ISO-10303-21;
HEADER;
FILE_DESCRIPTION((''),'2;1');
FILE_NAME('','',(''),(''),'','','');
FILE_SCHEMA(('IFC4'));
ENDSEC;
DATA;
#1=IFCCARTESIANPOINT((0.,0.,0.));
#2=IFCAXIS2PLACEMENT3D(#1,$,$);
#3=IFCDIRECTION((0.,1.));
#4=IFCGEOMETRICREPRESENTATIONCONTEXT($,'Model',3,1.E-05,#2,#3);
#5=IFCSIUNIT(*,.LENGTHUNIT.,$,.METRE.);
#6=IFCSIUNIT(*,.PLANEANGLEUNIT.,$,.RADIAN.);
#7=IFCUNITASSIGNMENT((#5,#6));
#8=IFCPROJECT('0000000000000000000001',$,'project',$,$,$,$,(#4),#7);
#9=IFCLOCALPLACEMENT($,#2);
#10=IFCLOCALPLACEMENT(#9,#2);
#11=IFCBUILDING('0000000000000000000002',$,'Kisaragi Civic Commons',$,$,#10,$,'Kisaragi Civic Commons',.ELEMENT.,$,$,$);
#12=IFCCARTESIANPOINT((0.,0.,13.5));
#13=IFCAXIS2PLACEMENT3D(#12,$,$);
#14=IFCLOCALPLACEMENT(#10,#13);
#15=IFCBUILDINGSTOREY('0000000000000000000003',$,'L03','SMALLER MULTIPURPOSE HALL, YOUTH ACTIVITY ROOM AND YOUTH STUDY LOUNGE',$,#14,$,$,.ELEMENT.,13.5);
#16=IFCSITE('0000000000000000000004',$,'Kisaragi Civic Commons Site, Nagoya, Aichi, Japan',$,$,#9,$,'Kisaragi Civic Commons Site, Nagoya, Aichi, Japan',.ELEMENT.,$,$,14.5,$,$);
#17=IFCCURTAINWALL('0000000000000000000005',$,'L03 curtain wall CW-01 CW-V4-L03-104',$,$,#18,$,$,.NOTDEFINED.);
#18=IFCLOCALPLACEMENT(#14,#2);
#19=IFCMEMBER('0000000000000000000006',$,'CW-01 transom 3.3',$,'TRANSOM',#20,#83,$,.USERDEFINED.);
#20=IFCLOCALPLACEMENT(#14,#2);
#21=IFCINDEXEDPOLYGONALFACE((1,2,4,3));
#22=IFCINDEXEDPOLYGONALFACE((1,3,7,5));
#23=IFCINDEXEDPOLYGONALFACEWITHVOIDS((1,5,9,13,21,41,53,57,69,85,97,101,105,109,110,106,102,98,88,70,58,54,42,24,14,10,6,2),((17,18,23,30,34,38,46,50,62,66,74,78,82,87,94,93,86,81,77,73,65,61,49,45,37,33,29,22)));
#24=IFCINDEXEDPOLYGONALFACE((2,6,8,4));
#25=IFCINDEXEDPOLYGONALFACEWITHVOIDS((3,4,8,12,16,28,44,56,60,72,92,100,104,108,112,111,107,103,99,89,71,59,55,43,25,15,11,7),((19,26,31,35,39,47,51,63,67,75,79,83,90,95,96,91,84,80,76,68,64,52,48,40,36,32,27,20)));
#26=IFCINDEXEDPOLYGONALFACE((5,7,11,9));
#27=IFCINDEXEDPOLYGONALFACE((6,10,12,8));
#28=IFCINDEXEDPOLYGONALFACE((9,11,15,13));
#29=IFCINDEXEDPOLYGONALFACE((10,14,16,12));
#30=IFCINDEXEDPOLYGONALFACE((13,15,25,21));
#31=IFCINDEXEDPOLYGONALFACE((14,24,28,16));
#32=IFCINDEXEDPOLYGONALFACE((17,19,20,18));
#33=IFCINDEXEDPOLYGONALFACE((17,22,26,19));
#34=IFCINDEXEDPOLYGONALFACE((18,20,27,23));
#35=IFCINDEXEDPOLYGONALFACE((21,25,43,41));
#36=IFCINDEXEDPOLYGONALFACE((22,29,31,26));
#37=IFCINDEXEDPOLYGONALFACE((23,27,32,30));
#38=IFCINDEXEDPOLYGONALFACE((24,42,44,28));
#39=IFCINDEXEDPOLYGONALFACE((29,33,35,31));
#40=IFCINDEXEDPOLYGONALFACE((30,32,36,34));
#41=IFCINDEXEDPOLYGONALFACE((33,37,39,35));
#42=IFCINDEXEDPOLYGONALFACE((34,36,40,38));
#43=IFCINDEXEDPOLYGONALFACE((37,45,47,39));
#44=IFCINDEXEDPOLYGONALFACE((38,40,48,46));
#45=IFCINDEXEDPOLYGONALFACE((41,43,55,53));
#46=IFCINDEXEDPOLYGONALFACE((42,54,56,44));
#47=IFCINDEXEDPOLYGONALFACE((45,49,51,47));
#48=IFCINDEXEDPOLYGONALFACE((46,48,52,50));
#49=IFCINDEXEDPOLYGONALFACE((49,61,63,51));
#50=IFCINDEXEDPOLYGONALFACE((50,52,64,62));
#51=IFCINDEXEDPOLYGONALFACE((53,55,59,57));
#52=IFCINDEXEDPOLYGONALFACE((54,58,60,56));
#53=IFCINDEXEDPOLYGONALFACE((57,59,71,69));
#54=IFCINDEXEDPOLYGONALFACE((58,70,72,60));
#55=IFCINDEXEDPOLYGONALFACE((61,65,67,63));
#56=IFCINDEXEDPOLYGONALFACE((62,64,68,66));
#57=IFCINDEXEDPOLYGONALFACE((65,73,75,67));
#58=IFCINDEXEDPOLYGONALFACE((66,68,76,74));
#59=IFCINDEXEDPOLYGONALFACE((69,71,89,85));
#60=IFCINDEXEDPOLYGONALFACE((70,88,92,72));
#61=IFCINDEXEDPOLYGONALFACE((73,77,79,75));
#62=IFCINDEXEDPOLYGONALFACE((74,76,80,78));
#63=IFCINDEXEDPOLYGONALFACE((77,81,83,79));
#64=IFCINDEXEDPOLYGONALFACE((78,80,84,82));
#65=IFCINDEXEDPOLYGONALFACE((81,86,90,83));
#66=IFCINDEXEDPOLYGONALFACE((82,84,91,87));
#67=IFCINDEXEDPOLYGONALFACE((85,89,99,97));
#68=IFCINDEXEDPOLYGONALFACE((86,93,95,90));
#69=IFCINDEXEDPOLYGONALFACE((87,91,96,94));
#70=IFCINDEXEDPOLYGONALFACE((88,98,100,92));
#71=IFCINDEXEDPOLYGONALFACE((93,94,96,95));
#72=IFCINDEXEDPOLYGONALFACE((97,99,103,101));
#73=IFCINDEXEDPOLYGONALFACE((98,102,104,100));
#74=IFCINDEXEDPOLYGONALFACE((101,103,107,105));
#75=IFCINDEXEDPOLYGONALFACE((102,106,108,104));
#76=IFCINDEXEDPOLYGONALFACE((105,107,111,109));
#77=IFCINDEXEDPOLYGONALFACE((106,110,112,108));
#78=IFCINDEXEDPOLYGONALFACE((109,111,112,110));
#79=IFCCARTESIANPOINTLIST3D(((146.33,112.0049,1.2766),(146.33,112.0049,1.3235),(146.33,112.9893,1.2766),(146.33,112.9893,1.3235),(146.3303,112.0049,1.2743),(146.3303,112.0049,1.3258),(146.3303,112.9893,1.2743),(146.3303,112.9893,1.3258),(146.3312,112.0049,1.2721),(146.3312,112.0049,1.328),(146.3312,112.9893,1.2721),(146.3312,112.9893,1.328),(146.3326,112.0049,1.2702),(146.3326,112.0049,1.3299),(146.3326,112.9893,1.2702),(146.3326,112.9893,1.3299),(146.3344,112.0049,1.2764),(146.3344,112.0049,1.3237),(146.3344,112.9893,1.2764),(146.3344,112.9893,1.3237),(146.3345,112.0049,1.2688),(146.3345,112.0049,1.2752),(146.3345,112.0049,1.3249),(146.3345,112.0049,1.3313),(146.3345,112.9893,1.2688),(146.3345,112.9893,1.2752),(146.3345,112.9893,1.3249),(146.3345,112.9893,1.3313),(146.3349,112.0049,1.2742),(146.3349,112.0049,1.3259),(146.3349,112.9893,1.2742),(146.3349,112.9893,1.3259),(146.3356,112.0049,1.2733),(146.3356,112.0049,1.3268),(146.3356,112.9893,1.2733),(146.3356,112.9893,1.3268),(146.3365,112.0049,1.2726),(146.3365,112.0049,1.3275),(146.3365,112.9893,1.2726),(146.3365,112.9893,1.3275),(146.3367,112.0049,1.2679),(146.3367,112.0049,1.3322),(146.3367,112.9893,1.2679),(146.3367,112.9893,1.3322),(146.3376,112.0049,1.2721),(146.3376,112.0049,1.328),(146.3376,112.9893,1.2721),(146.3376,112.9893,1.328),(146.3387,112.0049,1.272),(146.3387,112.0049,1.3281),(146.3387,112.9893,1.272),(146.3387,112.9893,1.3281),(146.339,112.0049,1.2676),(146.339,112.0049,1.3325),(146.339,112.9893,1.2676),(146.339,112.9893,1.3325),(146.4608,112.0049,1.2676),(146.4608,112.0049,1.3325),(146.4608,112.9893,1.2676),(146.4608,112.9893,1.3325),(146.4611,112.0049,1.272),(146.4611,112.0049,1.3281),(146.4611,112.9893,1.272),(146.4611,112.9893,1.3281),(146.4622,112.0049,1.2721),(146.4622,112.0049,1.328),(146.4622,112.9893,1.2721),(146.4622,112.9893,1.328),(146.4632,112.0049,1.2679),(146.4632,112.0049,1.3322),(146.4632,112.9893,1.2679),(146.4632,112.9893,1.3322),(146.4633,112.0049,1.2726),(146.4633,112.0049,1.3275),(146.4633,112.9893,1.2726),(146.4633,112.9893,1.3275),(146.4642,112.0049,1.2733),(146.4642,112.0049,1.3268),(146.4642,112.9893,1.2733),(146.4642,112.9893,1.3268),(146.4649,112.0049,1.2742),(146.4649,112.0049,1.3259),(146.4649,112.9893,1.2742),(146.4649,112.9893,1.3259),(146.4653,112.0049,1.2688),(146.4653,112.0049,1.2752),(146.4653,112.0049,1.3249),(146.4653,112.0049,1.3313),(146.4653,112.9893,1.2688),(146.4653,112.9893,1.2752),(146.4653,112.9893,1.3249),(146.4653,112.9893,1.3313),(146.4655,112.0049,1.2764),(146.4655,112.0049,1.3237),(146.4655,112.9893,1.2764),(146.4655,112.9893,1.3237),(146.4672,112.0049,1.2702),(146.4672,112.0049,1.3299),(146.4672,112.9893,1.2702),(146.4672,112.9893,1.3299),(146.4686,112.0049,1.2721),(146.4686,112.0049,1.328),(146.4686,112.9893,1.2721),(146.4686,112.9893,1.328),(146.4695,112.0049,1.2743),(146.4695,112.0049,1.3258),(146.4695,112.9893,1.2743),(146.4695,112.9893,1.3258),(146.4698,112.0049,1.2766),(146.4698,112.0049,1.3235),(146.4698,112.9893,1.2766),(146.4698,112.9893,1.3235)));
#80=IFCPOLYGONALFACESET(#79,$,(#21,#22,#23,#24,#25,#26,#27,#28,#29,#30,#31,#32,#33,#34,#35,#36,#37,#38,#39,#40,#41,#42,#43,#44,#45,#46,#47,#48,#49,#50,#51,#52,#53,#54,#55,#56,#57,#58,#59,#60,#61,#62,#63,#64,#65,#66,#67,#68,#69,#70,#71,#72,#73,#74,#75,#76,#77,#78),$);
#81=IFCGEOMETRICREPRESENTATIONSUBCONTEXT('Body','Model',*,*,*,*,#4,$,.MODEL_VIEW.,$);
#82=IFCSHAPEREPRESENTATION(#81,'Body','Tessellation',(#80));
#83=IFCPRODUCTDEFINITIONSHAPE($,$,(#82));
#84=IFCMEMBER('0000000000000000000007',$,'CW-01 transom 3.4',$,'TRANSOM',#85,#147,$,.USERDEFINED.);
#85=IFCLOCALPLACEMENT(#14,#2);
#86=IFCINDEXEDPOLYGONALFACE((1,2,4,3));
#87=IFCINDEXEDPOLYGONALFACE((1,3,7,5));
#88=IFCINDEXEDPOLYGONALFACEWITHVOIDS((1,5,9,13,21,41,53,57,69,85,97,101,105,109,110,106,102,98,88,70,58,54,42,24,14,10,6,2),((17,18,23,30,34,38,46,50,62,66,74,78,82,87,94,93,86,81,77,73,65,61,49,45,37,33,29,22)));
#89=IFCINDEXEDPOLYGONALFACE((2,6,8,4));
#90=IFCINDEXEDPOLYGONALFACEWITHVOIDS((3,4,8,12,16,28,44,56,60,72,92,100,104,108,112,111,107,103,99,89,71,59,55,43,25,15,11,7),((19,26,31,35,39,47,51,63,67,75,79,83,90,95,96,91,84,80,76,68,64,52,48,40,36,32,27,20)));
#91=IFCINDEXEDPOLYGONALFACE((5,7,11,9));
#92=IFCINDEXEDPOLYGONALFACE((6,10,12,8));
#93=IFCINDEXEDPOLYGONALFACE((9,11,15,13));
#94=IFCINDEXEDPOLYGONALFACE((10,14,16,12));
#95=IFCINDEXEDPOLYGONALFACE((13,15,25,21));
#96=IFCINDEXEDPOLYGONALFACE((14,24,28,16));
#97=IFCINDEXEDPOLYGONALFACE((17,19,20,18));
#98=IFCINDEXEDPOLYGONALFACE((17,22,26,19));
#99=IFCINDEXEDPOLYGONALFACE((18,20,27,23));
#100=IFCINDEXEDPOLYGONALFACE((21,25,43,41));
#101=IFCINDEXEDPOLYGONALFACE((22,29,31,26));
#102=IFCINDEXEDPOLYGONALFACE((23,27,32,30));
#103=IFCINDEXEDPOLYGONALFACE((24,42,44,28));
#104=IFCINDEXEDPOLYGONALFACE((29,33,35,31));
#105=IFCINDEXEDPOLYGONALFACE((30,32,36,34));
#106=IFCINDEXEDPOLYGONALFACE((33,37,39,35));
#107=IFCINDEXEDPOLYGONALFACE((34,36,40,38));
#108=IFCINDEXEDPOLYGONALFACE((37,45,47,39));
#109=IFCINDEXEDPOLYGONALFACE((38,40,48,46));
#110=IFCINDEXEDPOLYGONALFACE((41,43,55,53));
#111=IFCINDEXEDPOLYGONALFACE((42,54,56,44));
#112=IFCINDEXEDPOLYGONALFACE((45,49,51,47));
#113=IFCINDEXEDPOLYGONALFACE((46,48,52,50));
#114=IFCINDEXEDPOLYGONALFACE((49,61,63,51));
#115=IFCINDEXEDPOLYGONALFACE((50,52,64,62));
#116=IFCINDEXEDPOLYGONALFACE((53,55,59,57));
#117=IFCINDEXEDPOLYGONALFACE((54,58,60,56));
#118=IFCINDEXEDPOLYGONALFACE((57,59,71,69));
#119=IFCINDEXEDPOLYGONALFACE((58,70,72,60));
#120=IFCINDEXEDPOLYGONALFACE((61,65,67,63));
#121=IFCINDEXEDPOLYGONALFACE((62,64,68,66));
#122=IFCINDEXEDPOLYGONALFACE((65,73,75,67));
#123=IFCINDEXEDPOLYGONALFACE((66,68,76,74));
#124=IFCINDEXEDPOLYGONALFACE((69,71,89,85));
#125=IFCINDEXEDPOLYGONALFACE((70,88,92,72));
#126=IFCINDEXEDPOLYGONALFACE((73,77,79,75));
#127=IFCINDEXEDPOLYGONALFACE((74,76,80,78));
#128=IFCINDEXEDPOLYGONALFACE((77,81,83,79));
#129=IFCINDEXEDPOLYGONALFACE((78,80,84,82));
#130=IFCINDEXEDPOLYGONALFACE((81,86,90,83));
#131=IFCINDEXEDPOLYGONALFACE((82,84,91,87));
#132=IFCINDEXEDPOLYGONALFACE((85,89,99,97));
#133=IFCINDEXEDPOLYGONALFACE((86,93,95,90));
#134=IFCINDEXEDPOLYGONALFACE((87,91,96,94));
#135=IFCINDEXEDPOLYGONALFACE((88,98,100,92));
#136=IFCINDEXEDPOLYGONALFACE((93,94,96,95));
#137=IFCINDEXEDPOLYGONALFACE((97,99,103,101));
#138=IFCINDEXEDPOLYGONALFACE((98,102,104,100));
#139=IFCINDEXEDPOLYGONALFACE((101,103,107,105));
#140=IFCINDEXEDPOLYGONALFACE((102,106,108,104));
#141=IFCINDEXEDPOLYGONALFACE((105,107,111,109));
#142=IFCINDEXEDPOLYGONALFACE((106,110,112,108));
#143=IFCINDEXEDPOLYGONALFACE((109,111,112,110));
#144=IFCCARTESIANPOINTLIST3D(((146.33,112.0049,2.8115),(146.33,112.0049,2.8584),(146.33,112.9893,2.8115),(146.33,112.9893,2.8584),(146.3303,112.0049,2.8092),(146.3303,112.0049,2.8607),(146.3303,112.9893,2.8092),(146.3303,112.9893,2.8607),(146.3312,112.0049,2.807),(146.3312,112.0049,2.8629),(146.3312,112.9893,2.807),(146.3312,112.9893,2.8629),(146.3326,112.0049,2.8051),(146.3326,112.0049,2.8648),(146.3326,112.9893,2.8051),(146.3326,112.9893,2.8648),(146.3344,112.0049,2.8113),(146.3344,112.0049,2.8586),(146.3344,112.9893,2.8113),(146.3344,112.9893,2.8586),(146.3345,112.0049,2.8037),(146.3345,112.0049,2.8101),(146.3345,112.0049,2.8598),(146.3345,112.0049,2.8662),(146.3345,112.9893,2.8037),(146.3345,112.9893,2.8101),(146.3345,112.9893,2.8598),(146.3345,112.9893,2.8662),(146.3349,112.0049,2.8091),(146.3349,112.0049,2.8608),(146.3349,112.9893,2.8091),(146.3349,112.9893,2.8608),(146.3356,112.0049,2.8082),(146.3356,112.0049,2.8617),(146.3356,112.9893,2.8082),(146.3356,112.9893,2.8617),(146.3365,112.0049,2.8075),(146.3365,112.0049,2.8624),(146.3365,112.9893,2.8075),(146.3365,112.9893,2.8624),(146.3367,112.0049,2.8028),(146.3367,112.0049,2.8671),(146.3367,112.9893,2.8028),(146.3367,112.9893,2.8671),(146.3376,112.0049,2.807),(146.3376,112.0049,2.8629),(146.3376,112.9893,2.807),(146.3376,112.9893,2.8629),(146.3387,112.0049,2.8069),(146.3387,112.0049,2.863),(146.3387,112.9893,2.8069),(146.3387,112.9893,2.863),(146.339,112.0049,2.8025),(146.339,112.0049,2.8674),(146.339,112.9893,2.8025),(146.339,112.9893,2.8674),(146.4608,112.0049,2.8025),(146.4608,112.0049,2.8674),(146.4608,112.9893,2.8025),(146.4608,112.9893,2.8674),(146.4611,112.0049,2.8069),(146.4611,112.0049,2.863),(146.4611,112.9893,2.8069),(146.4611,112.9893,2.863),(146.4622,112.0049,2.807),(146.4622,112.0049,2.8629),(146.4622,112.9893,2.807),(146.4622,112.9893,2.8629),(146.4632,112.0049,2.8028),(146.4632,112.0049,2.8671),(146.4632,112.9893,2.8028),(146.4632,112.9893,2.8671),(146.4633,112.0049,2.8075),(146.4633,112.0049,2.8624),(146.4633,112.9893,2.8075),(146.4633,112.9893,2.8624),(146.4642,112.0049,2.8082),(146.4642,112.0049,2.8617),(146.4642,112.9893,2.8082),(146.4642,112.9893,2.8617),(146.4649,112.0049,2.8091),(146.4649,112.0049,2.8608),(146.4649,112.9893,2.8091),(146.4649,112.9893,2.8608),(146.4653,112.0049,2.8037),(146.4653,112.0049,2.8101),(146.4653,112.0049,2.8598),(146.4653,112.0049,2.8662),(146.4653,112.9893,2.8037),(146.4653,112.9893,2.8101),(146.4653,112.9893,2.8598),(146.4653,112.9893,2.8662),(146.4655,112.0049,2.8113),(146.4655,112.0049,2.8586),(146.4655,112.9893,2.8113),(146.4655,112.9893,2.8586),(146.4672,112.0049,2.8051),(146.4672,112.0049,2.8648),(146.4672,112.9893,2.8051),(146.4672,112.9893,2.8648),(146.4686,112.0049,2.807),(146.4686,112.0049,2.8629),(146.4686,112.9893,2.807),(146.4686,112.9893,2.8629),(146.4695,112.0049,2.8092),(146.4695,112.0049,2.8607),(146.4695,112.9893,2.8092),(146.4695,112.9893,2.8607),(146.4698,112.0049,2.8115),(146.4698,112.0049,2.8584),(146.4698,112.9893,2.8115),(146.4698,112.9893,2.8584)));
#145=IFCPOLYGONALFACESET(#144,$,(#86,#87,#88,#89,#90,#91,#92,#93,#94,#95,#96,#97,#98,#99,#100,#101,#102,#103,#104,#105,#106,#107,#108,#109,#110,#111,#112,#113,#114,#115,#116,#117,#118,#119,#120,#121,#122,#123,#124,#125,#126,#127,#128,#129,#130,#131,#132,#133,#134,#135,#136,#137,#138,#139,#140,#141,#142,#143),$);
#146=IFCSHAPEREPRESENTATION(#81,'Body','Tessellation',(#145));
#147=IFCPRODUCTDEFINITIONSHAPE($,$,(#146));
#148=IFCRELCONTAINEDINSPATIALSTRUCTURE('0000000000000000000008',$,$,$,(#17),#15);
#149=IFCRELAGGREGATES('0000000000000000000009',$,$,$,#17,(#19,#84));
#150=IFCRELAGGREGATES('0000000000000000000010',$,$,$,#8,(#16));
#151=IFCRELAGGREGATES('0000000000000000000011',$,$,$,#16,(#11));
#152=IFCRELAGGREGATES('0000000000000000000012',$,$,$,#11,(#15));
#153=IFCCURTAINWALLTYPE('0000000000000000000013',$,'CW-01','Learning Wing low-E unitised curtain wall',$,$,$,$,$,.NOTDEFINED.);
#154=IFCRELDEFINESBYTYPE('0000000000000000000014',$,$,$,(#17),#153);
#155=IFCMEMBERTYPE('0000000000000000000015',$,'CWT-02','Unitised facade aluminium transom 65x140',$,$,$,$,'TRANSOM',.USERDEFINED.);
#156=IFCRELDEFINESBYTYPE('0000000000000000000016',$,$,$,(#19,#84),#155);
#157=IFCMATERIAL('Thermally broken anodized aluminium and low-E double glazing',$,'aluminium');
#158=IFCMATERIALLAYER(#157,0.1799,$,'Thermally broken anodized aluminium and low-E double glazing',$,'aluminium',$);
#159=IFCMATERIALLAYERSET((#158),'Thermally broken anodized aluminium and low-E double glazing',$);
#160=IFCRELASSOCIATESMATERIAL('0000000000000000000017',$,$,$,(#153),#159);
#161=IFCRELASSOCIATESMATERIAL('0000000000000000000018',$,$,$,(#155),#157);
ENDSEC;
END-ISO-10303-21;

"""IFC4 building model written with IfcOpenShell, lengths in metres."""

from ifc_helpers import new_model, si_unit, direction, frame, origin, origin_2d, place, context, subcontext, project, spatial, hollow_rectangle, extrude, material, layer, layer_set, material_profile, profile_set, type_object, element, aggregate, save


model = new_model("IFC4")

# Units and contexts
model_context = context("Model", 3, precision=1e-05, world=origin(), true_north=direction((0.0, 1.0)))
body_context = subcontext(model_context, "Body", "Model", "MODEL_VIEW")
ifc_project = project(units=[si_unit("LENGTHUNIT", "METRE"), si_unit("PLANEANGLEUNIT", "RADIAN")], contexts=[model_context])

# Site, building, storey
site_placement = place(None, origin())
site = spatial("IfcSite", under=ifc_project, at=site_placement, Name="Kisaragi Civic Commons Site, Nagoya, Aichi, Japan", LongName="Kisaragi Civic Commons Site, Nagoya, Aichi, Japan", CompositionType="ELEMENT", RefElevation=14.5)
building_placement = place(site_placement, origin())
building = spatial("IfcBuilding", under=site, at=building_placement, Name="Kisaragi Civic Commons", LongName="Kisaragi Civic Commons", CompositionType="ELEMENT")
storey_placement = place(building_placement, frame((0.0, 0.0, 13.5)))
storey = spatial("IfcBuildingStorey", under=building, at=storey_placement, Name="L03", Description="SMALLER MULTIPURPOSE HALL, YOUTH ACTIVITY ROOM AND YOUTH STUDY LOUNGE", CompositionType="ELEMENT", Elevation=13.5)

# Curtain wall
ifc_material_1 = material(Name="Thermally broken anodized aluminium and low-E double glazing", Category="aluminium")
ifc_layer_1 = layer(ifc_material_1, 0.1799, Name="Thermally broken anodized aluminium and low-E double glazing", Category="aluminium")
ifc_layer_set_1 = layer_set([ifc_layer_1], Name="Thermally broken anodized aluminium and low-E double glazing")
curtain_wall_type = type_object("IfcCurtainWallType", Name="CW-01", Description="Learning Wing low-E unitised curtain wall", PredefinedType="NOTDEFINED", material=ifc_layer_set_1)
curtain_wall_1_placement = place(storey_placement, origin())
curtain_wall_1 = element("IfcCurtainWall", 1, at=curtain_wall_1_placement, inside=storey, type_object=curtain_wall_type, Name="L03 curtain wall CW-01 CW-V4-L03-104", PredefinedType="NOTDEFINED")

# Members
ifc_material_profile_1 = material_profile(ifc_material_1, hollow_rectangle(XDim=0.1399, YDim=0.0649, WallThickness=0.0044, InnerFilletRadius=0.0044, OuterFilletRadius=0.009, at=origin_2d()), Name="CWT-65x140x4.5", Category="aluminium")
ifc_profile_set_1 = profile_set([ifc_material_profile_1], Name="Thermally broken anodized aluminium and low-E double glazing")
member_type_1 = type_object("IfcMemberType", Name="CWT-02", Description="Unitised facade aluminium transom 65x140", ElementType="TRANSOM", PredefinedType="USERDEFINED", material=ifc_profile_set_1)
member_1_placement = place(storey_placement, frame((146.3999, 112.9893, 1.3), z_axis=(0.0, -1.0, 0.0), x_axis=(1.0, 0.0, 0.0)))
member_1 = element("IfcMember", 2, at=member_1_placement, type_object=member_type_1, Name="CW-01 transom 3.3", ObjectType="TRANSOM", PredefinedType="USERDEFINED", context=body_context, shape_type="SweptSolid", body=[
    extrude(hollow_rectangle(XDim=0.1399, YDim=0.0649, WallThickness=0.0044, InnerFilletRadius=0.0044, OuterFilletRadius=0.009, at=origin_2d()), origin(), (0.0, 0.0, 1.0), 0.9844),
])
member_2_placement = place(storey_placement, frame((146.3999, 112.9893, 2.835), z_axis=(0.0, -1.0, 0.0), x_axis=(1.0, 0.0, 0.0)))
member_2 = element("IfcMember", 3, at=member_2_placement, type_object=member_type_1, Name="CW-01 transom 3.4", ObjectType="TRANSOM", PredefinedType="USERDEFINED", context=body_context, shape_type="SweptSolid", body=[
    extrude(hollow_rectangle(XDim=0.1399, YDim=0.0649, WallThickness=0.0044, InnerFilletRadius=0.0044, OuterFilletRadius=0.009, at=origin_2d()), origin(), (0.0, 0.0, 1.0), 0.9844),
])

aggregate(curtain_wall_1, [member_1, member_2])

save(model, "model.ifc")
